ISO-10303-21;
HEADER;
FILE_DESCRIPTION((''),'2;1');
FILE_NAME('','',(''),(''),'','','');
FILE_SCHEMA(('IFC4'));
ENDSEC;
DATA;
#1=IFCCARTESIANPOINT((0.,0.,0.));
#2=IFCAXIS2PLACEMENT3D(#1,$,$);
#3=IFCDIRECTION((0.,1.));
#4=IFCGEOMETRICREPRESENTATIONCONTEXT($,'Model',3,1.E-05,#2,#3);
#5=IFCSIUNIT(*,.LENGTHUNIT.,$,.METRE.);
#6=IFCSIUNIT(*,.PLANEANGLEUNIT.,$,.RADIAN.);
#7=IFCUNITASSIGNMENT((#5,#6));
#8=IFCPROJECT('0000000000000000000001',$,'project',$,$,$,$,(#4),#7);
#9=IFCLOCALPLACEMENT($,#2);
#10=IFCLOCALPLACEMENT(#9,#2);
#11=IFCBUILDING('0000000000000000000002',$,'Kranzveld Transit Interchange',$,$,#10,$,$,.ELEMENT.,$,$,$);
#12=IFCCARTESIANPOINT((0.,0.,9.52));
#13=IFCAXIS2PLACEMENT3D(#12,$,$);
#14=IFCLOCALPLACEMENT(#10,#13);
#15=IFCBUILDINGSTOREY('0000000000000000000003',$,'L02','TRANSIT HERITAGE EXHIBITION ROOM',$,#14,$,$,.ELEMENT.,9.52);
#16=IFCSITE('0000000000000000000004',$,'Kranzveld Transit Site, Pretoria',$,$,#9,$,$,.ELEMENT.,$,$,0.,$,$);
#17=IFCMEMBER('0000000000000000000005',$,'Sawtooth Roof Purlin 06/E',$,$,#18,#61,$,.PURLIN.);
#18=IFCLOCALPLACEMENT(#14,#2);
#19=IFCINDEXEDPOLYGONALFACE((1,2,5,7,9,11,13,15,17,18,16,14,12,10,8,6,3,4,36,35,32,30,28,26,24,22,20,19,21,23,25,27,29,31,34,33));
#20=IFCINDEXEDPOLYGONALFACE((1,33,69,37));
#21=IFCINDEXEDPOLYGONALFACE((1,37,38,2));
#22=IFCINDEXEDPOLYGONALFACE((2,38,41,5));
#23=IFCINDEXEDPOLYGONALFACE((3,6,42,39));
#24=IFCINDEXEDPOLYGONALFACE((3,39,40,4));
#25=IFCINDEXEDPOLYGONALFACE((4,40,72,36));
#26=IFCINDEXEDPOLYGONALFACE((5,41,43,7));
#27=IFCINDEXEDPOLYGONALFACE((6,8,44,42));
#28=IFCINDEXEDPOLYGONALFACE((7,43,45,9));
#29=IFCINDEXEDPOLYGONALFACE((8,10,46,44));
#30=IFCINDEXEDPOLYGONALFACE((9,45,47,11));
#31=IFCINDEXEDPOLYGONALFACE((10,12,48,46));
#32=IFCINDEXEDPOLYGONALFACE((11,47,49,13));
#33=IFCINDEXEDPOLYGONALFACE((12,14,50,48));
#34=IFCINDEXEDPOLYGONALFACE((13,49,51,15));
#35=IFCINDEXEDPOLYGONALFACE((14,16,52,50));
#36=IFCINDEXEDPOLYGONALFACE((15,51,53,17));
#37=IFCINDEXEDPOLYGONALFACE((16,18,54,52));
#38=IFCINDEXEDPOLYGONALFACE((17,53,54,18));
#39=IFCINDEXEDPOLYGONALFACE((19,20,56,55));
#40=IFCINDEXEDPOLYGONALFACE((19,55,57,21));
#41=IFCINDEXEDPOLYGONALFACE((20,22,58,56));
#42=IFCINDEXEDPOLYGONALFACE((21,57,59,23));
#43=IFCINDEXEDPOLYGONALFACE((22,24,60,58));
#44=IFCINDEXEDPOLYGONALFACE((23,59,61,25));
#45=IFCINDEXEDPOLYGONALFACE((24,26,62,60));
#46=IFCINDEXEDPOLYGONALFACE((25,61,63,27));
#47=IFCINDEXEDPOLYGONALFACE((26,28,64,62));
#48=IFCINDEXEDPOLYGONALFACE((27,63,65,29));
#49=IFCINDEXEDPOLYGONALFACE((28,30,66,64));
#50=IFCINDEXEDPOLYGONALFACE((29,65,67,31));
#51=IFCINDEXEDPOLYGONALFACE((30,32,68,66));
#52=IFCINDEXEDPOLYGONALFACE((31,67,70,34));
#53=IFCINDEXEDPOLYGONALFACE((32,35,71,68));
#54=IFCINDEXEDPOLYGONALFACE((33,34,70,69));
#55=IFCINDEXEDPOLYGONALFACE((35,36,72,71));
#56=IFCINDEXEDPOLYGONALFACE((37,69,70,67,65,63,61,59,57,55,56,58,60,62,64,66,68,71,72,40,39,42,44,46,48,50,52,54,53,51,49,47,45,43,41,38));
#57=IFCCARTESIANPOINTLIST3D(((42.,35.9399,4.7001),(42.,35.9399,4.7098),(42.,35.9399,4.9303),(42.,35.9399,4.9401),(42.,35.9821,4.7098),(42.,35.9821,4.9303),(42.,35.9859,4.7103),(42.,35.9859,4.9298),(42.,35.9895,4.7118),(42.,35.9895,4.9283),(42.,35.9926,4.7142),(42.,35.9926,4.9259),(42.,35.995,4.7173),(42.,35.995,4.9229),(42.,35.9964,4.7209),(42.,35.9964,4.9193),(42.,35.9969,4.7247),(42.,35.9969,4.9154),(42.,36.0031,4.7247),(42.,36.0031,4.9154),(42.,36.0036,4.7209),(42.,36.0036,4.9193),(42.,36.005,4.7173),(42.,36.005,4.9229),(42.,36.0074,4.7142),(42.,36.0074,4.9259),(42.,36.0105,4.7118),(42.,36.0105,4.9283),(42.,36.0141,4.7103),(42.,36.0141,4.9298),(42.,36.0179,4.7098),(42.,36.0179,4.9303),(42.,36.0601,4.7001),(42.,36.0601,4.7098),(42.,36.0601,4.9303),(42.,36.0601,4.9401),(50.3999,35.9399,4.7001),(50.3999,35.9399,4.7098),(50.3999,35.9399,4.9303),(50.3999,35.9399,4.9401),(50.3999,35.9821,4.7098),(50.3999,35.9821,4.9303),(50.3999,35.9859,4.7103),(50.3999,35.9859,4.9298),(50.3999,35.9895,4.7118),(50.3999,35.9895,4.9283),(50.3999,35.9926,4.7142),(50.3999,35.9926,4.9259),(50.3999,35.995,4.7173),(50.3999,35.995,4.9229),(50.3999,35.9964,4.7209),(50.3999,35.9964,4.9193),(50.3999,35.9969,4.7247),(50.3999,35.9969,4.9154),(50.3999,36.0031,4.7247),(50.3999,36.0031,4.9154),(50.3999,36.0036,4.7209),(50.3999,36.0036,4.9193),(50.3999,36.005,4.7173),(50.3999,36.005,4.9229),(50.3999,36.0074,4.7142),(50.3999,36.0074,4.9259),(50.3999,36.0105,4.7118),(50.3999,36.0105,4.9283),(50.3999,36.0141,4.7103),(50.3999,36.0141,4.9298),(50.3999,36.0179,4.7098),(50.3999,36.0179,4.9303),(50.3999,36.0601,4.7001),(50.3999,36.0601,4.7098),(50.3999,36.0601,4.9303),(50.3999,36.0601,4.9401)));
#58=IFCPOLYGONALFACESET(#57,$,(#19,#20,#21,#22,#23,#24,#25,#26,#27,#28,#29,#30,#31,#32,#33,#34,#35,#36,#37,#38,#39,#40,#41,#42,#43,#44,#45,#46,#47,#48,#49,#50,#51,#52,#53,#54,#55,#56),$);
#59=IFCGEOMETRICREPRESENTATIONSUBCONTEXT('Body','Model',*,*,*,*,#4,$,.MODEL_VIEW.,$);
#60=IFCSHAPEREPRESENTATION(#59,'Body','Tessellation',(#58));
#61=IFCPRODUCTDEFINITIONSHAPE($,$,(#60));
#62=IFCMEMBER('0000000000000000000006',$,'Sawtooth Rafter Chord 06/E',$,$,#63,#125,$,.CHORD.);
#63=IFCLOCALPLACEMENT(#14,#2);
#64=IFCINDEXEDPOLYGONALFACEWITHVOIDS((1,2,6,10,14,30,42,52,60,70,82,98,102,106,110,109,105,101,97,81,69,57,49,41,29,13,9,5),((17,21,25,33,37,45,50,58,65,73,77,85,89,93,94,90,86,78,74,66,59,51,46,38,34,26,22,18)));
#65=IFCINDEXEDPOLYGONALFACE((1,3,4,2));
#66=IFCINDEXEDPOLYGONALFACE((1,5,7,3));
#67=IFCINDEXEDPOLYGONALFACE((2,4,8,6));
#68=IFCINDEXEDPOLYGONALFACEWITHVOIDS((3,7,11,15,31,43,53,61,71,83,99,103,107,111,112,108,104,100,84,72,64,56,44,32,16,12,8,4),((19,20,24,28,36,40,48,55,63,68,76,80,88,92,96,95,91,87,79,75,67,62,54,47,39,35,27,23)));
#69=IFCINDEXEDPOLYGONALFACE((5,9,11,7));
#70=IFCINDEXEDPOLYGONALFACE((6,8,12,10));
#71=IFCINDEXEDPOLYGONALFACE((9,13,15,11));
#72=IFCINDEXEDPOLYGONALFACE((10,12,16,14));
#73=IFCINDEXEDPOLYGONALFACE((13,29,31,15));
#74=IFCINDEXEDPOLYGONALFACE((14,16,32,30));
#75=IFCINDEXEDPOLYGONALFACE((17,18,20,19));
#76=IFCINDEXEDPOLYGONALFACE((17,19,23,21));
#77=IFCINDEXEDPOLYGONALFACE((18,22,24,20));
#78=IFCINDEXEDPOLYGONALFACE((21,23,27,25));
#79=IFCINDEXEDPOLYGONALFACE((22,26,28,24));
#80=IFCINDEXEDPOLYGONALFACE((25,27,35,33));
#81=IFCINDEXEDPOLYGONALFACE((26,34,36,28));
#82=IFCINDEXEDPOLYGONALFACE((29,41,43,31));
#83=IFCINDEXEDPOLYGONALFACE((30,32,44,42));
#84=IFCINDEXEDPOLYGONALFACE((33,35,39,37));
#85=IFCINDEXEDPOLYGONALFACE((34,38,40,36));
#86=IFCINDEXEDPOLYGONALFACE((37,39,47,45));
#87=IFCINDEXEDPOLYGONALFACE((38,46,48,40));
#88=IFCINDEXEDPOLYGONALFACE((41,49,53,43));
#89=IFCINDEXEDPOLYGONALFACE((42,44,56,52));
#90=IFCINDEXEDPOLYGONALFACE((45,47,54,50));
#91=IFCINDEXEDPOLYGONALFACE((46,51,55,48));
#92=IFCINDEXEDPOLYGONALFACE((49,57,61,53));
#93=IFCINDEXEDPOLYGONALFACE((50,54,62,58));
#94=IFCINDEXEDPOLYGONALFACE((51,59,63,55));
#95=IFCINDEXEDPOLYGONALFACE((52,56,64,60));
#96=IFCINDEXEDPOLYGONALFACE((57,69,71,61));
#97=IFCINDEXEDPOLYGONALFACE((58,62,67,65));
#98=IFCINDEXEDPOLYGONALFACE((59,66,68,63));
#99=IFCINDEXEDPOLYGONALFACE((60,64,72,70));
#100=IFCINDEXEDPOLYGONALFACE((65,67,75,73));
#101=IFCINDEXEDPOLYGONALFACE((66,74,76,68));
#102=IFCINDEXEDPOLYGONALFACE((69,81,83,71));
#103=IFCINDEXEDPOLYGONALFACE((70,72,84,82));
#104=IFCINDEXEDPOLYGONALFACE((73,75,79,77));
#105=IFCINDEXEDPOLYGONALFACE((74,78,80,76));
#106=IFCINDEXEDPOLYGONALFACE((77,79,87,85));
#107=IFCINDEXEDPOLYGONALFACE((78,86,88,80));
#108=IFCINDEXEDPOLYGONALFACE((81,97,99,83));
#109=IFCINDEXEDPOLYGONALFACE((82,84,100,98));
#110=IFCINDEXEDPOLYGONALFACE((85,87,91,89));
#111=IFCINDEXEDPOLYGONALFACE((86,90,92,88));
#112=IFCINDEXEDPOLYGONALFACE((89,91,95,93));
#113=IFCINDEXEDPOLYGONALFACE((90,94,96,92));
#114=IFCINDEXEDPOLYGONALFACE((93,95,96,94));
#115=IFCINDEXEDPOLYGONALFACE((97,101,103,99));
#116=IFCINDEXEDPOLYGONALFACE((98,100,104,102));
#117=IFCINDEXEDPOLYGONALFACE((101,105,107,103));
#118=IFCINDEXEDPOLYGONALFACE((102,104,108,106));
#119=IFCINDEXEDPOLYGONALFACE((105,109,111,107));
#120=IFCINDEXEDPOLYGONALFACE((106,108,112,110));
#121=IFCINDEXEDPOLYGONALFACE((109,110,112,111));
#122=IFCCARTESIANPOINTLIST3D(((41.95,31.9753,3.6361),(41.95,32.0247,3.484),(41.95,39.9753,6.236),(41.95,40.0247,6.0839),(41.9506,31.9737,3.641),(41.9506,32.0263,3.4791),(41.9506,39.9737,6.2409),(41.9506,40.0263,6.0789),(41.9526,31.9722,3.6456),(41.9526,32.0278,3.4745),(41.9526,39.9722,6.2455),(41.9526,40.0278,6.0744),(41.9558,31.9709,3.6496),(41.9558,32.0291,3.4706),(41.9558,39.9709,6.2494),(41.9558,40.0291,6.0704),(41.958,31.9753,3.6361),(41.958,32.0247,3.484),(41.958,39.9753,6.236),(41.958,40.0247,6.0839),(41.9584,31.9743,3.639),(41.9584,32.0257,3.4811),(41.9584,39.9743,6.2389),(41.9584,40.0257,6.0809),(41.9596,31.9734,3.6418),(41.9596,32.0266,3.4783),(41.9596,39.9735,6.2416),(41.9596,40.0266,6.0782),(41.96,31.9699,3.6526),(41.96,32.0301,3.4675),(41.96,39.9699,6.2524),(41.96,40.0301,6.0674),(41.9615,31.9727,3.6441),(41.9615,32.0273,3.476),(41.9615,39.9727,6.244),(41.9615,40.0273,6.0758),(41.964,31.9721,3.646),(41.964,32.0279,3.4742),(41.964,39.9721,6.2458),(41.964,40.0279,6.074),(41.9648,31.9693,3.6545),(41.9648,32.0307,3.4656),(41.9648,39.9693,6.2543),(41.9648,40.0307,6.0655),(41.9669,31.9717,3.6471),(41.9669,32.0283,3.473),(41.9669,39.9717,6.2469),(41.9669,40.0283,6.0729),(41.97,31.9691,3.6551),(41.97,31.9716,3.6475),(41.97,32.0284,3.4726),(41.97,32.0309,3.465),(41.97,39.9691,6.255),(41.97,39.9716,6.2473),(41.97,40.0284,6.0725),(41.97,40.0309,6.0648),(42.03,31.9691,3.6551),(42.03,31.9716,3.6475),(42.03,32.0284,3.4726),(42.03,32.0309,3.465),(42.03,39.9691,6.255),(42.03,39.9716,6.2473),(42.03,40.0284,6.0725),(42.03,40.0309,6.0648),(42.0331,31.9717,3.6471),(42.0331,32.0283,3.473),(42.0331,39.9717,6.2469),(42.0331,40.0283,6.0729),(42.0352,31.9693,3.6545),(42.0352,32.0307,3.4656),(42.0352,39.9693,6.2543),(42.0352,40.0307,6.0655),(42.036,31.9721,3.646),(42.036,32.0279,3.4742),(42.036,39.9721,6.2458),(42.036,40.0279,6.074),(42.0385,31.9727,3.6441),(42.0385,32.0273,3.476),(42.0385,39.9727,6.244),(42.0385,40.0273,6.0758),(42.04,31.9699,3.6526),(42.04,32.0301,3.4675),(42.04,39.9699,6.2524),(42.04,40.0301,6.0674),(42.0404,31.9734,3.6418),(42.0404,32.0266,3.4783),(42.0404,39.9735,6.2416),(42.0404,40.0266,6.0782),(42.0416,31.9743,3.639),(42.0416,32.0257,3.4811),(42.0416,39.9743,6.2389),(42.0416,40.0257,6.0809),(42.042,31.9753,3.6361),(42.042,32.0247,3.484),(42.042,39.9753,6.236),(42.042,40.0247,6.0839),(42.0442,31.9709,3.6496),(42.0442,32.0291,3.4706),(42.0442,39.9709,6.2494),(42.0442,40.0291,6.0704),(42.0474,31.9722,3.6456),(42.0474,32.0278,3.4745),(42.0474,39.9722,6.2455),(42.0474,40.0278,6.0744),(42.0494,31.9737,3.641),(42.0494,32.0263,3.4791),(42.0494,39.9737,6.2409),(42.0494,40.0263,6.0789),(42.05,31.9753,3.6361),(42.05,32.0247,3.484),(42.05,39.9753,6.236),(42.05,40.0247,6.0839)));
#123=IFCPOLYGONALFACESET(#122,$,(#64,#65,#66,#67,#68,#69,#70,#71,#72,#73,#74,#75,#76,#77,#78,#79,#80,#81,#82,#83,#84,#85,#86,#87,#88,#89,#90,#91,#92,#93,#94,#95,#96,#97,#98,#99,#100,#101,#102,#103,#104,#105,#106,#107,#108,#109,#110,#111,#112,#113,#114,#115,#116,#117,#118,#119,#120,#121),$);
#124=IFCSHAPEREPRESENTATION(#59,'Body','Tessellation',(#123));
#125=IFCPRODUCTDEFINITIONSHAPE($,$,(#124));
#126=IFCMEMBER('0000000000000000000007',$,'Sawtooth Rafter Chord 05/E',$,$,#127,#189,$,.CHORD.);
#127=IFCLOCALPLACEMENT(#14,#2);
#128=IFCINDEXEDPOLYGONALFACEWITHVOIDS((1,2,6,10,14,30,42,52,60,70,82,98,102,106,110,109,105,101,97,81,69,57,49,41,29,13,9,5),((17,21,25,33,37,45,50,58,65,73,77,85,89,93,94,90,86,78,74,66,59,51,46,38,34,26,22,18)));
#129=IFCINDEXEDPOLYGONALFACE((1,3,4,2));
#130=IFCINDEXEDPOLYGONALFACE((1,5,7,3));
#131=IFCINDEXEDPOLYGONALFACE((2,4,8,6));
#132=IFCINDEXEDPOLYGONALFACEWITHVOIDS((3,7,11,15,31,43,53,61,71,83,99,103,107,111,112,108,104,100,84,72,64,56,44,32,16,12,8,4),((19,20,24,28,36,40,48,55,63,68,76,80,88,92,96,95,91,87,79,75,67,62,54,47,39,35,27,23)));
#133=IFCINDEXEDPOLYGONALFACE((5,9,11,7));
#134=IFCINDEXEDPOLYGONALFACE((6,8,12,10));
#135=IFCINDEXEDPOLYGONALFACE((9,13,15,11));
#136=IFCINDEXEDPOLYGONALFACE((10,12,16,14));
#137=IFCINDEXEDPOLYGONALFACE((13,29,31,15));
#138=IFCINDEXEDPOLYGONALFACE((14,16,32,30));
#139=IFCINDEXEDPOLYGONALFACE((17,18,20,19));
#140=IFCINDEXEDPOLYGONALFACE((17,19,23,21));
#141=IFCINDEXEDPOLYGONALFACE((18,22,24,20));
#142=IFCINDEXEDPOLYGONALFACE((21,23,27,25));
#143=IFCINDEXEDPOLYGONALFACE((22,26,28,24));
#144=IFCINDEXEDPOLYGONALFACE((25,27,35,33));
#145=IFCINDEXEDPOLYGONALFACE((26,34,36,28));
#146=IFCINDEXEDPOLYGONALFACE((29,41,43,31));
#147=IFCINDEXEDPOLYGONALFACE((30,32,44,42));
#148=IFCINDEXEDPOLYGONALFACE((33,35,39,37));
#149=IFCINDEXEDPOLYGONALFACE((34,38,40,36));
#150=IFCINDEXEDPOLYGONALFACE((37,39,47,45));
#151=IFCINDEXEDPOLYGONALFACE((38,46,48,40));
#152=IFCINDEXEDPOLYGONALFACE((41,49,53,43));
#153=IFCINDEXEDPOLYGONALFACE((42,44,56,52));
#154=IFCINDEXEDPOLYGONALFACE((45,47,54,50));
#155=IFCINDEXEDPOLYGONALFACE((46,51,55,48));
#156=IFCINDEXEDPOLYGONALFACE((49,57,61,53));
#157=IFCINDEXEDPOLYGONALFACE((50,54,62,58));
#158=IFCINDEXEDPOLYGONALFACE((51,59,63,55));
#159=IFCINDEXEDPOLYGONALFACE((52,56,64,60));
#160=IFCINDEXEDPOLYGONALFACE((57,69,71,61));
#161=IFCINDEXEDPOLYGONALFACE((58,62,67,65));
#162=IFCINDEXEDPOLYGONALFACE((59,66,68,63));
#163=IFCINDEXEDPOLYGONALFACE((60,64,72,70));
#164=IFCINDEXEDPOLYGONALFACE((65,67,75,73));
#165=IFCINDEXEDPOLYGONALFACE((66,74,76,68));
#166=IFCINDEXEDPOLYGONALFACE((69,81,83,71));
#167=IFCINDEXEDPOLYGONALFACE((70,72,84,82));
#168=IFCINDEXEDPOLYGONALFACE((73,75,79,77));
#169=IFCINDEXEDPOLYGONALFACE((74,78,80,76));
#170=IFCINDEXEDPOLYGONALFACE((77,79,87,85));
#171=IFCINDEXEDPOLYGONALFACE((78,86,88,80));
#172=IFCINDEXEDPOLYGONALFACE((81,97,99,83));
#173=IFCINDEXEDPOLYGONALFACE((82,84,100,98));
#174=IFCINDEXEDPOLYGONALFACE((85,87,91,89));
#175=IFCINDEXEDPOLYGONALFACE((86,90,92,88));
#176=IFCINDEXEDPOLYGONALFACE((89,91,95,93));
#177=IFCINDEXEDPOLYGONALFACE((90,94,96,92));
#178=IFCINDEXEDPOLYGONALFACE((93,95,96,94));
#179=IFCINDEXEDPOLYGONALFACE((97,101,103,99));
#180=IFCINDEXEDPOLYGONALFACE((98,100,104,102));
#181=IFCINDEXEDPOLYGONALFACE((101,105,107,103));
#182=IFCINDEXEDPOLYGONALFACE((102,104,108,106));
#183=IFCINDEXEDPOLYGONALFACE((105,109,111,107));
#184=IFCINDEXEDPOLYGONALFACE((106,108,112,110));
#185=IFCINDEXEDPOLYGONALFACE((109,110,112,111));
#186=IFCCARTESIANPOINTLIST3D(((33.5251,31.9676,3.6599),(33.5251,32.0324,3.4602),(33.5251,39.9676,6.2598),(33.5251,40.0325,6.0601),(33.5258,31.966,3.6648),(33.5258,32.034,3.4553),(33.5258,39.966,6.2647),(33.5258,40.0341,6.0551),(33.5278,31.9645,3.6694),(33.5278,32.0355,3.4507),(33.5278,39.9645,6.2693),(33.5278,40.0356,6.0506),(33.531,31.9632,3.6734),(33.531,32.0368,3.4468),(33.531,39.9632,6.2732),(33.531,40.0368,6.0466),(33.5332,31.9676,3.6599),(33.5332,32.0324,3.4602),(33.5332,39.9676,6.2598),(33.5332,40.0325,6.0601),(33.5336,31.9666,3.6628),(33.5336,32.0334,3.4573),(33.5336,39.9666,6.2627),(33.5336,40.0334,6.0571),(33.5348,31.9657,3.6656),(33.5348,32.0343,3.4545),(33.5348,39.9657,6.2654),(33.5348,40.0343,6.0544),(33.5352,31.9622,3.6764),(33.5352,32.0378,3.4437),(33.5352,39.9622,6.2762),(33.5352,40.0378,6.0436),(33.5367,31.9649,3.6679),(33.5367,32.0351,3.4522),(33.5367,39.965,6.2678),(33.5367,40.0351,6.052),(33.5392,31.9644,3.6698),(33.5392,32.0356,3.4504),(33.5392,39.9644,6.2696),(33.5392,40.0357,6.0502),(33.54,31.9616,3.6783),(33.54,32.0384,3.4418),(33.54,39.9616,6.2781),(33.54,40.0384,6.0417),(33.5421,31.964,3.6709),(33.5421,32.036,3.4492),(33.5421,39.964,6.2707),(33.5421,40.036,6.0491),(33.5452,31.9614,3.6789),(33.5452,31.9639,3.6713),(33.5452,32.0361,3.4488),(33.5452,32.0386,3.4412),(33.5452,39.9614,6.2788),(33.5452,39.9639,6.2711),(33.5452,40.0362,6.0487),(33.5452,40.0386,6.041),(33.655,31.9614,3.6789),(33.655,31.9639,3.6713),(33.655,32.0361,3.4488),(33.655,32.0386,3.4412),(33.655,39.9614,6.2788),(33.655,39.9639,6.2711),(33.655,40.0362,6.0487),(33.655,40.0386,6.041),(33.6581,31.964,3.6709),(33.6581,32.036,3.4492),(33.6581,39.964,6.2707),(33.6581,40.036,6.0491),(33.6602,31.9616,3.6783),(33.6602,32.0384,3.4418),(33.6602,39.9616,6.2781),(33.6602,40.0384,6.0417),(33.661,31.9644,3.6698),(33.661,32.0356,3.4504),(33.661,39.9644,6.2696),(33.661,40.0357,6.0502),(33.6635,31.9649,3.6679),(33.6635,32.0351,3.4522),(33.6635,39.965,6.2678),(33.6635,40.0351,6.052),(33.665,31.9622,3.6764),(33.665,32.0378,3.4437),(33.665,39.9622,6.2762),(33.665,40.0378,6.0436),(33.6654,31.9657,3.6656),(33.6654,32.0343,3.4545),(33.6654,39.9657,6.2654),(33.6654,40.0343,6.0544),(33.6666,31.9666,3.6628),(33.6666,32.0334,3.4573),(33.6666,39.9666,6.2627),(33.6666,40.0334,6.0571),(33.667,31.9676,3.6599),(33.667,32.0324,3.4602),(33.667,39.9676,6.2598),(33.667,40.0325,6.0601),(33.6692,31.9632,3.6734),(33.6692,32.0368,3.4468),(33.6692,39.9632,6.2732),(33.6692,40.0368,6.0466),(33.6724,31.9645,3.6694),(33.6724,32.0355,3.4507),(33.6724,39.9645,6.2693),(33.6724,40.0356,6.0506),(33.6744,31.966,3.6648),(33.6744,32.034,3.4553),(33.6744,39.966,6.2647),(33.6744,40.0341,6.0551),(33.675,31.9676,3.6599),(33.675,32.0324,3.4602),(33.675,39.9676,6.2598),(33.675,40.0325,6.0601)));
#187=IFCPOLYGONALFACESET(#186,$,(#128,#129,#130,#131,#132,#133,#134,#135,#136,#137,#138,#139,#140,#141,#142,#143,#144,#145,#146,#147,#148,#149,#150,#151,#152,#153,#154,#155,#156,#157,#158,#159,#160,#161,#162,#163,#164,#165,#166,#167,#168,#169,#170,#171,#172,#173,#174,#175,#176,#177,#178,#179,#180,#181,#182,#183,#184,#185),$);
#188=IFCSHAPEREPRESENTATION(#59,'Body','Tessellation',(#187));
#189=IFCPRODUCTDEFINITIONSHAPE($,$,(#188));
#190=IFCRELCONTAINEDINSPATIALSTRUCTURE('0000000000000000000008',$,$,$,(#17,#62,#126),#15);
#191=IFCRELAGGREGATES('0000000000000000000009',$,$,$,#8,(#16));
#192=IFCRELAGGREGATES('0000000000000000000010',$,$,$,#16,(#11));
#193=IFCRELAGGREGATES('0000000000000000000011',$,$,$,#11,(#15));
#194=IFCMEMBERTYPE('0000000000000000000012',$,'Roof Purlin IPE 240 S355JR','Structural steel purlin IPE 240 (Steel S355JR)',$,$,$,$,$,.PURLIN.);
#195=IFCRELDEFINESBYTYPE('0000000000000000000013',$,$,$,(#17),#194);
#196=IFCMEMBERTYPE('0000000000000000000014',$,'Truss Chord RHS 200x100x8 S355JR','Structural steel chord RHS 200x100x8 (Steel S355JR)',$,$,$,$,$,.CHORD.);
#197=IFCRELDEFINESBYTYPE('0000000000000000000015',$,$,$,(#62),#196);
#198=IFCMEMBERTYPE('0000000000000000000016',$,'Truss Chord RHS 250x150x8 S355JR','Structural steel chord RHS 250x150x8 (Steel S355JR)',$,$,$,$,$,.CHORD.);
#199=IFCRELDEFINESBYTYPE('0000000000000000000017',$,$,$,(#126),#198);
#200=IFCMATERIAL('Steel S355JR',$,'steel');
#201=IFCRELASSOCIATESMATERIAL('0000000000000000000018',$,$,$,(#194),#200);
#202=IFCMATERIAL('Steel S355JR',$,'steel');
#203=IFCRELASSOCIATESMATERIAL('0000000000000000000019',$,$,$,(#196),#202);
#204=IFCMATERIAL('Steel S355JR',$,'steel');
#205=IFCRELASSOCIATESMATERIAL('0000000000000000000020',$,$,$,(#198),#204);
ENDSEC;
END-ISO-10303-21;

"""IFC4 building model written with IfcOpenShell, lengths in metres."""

from ifc_helpers import new_model, si_unit, direction, frame, origin, origin_2d, place, context, subcontext, project, spatial, hollow_rectangle, i_section, extrude, material, material_profile, profile_set, type_object, element, save


model = new_model("IFC4")

# Units and contexts
model_context = context("Model", 3, precision=1e-05, world=origin(), true_north=direction((0.0, 1.0)))
body_context = subcontext(model_context, "Body", "Model", "MODEL_VIEW")
ifc_project = project(units=[si_unit("LENGTHUNIT", "METRE"), si_unit("PLANEANGLEUNIT", "RADIAN")], contexts=[model_context])

# Site, building, storey
site_placement = place(None, origin())
site = spatial("IfcSite", under=ifc_project, at=site_placement, Name="Kranzveld Transit Site, Pretoria", CompositionType="ELEMENT", RefElevation=0.0)
building_placement = place(site_placement, origin())
building = spatial("IfcBuilding", under=site, at=building_placement, Name="Kranzveld Transit Interchange", CompositionType="ELEMENT")
storey_placement = place(building_placement, frame((0.0, 0.0, 9.52)))
storey = spatial("IfcBuildingStorey", under=building, at=storey_placement, Name="L02", Description="TRANSIT HERITAGE EXHIBITION ROOM", CompositionType="ELEMENT", Elevation=9.52)

# Members
ifc_material_1 = material(Name="Steel S355JR", Category="steel")
ifc_material_profile_1 = material_profile(ifc_material_1, i_section(OverallWidth=0.1201, OverallDepth=0.24, WebThickness=0.0061, FlangeThickness=0.0098, FilletRadius=0.0149, at=origin_2d()), Name="IPE 240")
ifc_profile_set_1 = profile_set([ifc_material_profile_1], Name="Steel S355JR")
member_type_1 = type_object("IfcMemberType", Name="Roof Purlin IPE 240 S355JR", Description="Structural steel purlin IPE 240 (Steel S355JR)", PredefinedType="PURLIN", material=ifc_profile_set_1)
for number, where, z_axis, x_axis, name in (
    (1, (42.0, 36.0, 4.8201), (1.0, 0.0, 0.0), (0.0, 1.0, 0.0), "Sawtooth Roof Purlin 06/E"),
):
    element("IfcMember", number, at=place(storey_placement, frame(where, z_axis=z_axis, x_axis=x_axis)), inside=storey, type_object=member_type_1, Name=name, PredefinedType="PURLIN", context=body_context, shape_type="SweptSolid", body=[
        extrude(i_section(OverallWidth=0.1201, OverallDepth=0.24, WebThickness=0.0061, FlangeThickness=0.0098, FilletRadius=0.0149, at=origin_2d()), origin(), (0.0, 0.0, 1.0), 8.3999),
    ])
ifc_material_2 = material(Name="Steel S355JR", Category="steel")
ifc_material_profile_2 = material_profile(ifc_material_2, hollow_rectangle(XDim=0.1001, YDim=0.2, WallThickness=0.0081, InnerFilletRadius=0.012, OuterFilletRadius=0.02, at=origin_2d()), Name="RHS 200x100x8")
ifc_profile_set_2 = profile_set([ifc_material_profile_2], Name="Steel S355JR")
member_type_2 = type_object("IfcMemberType", Name="Truss Chord RHS 200x100x8 S355JR", Description="Structural steel chord RHS 200x100x8 (Steel S355JR)", PredefinedType="CHORD", material=ifc_profile_set_2)
member_1_placement = place(storey_placement, frame((42.0, 32.0, 3.5601), z_axis=(0.0, 0.951039, 0.30907), x_axis=(-1.0, 0.0, 0.0)))
element("IfcMember", 2, at=member_1_placement, inside=storey, type_object=member_type_2, Name="Sawtooth Rafter Chord 06/E", PredefinedType="CHORD", context=body_context, shape_type="SweptSolid", body=[
    extrude(hollow_rectangle(XDim=0.1001, YDim=0.2, WallThickness=0.0081, InnerFilletRadius=0.012, OuterFilletRadius=0.02, at=origin_2d()), origin(), (0.0, 0.0, 1.0), 8.4119),
])
ifc_material_3 = material(Name="Steel S355JR", Category="steel")
ifc_material_profile_3 = material_profile(ifc_material_3, hollow_rectangle(XDim=0.1499, YDim=0.25, WallThickness=0.0081, InnerFilletRadius=0.012, OuterFilletRadius=0.02, at=origin_2d()), Name="RHS 250x150x8")
ifc_profile_set_3 = profile_set([ifc_material_profile_3], Name="Steel S355JR")
member_type_3 = type_object("IfcMemberType", Name="Truss Chord RHS 250x150x8 S355JR", Description="Structural steel chord RHS 250x150x8 (Steel S355JR)", PredefinedType="CHORD", material=ifc_profile_set_3)
member_2_placement = place(storey_placement, frame((33.6001, 32.0, 3.5601), z_axis=(0.0, 0.951039, 0.30907), x_axis=(-1.0, 0.0, 0.0)))
element("IfcMember", 3, at=member_2_placement, inside=storey, type_object=member_type_3, Name="Sawtooth Rafter Chord 05/E", PredefinedType="CHORD", context=body_context, shape_type="SweptSolid", body=[
    extrude(hollow_rectangle(XDim=0.1499, YDim=0.25, WallThickness=0.0081, InnerFilletRadius=0.012, OuterFilletRadius=0.02, at=origin_2d()), origin(), (0.0, 0.0, 1.0), 8.4119),
])

save(model, "model.ifc")
